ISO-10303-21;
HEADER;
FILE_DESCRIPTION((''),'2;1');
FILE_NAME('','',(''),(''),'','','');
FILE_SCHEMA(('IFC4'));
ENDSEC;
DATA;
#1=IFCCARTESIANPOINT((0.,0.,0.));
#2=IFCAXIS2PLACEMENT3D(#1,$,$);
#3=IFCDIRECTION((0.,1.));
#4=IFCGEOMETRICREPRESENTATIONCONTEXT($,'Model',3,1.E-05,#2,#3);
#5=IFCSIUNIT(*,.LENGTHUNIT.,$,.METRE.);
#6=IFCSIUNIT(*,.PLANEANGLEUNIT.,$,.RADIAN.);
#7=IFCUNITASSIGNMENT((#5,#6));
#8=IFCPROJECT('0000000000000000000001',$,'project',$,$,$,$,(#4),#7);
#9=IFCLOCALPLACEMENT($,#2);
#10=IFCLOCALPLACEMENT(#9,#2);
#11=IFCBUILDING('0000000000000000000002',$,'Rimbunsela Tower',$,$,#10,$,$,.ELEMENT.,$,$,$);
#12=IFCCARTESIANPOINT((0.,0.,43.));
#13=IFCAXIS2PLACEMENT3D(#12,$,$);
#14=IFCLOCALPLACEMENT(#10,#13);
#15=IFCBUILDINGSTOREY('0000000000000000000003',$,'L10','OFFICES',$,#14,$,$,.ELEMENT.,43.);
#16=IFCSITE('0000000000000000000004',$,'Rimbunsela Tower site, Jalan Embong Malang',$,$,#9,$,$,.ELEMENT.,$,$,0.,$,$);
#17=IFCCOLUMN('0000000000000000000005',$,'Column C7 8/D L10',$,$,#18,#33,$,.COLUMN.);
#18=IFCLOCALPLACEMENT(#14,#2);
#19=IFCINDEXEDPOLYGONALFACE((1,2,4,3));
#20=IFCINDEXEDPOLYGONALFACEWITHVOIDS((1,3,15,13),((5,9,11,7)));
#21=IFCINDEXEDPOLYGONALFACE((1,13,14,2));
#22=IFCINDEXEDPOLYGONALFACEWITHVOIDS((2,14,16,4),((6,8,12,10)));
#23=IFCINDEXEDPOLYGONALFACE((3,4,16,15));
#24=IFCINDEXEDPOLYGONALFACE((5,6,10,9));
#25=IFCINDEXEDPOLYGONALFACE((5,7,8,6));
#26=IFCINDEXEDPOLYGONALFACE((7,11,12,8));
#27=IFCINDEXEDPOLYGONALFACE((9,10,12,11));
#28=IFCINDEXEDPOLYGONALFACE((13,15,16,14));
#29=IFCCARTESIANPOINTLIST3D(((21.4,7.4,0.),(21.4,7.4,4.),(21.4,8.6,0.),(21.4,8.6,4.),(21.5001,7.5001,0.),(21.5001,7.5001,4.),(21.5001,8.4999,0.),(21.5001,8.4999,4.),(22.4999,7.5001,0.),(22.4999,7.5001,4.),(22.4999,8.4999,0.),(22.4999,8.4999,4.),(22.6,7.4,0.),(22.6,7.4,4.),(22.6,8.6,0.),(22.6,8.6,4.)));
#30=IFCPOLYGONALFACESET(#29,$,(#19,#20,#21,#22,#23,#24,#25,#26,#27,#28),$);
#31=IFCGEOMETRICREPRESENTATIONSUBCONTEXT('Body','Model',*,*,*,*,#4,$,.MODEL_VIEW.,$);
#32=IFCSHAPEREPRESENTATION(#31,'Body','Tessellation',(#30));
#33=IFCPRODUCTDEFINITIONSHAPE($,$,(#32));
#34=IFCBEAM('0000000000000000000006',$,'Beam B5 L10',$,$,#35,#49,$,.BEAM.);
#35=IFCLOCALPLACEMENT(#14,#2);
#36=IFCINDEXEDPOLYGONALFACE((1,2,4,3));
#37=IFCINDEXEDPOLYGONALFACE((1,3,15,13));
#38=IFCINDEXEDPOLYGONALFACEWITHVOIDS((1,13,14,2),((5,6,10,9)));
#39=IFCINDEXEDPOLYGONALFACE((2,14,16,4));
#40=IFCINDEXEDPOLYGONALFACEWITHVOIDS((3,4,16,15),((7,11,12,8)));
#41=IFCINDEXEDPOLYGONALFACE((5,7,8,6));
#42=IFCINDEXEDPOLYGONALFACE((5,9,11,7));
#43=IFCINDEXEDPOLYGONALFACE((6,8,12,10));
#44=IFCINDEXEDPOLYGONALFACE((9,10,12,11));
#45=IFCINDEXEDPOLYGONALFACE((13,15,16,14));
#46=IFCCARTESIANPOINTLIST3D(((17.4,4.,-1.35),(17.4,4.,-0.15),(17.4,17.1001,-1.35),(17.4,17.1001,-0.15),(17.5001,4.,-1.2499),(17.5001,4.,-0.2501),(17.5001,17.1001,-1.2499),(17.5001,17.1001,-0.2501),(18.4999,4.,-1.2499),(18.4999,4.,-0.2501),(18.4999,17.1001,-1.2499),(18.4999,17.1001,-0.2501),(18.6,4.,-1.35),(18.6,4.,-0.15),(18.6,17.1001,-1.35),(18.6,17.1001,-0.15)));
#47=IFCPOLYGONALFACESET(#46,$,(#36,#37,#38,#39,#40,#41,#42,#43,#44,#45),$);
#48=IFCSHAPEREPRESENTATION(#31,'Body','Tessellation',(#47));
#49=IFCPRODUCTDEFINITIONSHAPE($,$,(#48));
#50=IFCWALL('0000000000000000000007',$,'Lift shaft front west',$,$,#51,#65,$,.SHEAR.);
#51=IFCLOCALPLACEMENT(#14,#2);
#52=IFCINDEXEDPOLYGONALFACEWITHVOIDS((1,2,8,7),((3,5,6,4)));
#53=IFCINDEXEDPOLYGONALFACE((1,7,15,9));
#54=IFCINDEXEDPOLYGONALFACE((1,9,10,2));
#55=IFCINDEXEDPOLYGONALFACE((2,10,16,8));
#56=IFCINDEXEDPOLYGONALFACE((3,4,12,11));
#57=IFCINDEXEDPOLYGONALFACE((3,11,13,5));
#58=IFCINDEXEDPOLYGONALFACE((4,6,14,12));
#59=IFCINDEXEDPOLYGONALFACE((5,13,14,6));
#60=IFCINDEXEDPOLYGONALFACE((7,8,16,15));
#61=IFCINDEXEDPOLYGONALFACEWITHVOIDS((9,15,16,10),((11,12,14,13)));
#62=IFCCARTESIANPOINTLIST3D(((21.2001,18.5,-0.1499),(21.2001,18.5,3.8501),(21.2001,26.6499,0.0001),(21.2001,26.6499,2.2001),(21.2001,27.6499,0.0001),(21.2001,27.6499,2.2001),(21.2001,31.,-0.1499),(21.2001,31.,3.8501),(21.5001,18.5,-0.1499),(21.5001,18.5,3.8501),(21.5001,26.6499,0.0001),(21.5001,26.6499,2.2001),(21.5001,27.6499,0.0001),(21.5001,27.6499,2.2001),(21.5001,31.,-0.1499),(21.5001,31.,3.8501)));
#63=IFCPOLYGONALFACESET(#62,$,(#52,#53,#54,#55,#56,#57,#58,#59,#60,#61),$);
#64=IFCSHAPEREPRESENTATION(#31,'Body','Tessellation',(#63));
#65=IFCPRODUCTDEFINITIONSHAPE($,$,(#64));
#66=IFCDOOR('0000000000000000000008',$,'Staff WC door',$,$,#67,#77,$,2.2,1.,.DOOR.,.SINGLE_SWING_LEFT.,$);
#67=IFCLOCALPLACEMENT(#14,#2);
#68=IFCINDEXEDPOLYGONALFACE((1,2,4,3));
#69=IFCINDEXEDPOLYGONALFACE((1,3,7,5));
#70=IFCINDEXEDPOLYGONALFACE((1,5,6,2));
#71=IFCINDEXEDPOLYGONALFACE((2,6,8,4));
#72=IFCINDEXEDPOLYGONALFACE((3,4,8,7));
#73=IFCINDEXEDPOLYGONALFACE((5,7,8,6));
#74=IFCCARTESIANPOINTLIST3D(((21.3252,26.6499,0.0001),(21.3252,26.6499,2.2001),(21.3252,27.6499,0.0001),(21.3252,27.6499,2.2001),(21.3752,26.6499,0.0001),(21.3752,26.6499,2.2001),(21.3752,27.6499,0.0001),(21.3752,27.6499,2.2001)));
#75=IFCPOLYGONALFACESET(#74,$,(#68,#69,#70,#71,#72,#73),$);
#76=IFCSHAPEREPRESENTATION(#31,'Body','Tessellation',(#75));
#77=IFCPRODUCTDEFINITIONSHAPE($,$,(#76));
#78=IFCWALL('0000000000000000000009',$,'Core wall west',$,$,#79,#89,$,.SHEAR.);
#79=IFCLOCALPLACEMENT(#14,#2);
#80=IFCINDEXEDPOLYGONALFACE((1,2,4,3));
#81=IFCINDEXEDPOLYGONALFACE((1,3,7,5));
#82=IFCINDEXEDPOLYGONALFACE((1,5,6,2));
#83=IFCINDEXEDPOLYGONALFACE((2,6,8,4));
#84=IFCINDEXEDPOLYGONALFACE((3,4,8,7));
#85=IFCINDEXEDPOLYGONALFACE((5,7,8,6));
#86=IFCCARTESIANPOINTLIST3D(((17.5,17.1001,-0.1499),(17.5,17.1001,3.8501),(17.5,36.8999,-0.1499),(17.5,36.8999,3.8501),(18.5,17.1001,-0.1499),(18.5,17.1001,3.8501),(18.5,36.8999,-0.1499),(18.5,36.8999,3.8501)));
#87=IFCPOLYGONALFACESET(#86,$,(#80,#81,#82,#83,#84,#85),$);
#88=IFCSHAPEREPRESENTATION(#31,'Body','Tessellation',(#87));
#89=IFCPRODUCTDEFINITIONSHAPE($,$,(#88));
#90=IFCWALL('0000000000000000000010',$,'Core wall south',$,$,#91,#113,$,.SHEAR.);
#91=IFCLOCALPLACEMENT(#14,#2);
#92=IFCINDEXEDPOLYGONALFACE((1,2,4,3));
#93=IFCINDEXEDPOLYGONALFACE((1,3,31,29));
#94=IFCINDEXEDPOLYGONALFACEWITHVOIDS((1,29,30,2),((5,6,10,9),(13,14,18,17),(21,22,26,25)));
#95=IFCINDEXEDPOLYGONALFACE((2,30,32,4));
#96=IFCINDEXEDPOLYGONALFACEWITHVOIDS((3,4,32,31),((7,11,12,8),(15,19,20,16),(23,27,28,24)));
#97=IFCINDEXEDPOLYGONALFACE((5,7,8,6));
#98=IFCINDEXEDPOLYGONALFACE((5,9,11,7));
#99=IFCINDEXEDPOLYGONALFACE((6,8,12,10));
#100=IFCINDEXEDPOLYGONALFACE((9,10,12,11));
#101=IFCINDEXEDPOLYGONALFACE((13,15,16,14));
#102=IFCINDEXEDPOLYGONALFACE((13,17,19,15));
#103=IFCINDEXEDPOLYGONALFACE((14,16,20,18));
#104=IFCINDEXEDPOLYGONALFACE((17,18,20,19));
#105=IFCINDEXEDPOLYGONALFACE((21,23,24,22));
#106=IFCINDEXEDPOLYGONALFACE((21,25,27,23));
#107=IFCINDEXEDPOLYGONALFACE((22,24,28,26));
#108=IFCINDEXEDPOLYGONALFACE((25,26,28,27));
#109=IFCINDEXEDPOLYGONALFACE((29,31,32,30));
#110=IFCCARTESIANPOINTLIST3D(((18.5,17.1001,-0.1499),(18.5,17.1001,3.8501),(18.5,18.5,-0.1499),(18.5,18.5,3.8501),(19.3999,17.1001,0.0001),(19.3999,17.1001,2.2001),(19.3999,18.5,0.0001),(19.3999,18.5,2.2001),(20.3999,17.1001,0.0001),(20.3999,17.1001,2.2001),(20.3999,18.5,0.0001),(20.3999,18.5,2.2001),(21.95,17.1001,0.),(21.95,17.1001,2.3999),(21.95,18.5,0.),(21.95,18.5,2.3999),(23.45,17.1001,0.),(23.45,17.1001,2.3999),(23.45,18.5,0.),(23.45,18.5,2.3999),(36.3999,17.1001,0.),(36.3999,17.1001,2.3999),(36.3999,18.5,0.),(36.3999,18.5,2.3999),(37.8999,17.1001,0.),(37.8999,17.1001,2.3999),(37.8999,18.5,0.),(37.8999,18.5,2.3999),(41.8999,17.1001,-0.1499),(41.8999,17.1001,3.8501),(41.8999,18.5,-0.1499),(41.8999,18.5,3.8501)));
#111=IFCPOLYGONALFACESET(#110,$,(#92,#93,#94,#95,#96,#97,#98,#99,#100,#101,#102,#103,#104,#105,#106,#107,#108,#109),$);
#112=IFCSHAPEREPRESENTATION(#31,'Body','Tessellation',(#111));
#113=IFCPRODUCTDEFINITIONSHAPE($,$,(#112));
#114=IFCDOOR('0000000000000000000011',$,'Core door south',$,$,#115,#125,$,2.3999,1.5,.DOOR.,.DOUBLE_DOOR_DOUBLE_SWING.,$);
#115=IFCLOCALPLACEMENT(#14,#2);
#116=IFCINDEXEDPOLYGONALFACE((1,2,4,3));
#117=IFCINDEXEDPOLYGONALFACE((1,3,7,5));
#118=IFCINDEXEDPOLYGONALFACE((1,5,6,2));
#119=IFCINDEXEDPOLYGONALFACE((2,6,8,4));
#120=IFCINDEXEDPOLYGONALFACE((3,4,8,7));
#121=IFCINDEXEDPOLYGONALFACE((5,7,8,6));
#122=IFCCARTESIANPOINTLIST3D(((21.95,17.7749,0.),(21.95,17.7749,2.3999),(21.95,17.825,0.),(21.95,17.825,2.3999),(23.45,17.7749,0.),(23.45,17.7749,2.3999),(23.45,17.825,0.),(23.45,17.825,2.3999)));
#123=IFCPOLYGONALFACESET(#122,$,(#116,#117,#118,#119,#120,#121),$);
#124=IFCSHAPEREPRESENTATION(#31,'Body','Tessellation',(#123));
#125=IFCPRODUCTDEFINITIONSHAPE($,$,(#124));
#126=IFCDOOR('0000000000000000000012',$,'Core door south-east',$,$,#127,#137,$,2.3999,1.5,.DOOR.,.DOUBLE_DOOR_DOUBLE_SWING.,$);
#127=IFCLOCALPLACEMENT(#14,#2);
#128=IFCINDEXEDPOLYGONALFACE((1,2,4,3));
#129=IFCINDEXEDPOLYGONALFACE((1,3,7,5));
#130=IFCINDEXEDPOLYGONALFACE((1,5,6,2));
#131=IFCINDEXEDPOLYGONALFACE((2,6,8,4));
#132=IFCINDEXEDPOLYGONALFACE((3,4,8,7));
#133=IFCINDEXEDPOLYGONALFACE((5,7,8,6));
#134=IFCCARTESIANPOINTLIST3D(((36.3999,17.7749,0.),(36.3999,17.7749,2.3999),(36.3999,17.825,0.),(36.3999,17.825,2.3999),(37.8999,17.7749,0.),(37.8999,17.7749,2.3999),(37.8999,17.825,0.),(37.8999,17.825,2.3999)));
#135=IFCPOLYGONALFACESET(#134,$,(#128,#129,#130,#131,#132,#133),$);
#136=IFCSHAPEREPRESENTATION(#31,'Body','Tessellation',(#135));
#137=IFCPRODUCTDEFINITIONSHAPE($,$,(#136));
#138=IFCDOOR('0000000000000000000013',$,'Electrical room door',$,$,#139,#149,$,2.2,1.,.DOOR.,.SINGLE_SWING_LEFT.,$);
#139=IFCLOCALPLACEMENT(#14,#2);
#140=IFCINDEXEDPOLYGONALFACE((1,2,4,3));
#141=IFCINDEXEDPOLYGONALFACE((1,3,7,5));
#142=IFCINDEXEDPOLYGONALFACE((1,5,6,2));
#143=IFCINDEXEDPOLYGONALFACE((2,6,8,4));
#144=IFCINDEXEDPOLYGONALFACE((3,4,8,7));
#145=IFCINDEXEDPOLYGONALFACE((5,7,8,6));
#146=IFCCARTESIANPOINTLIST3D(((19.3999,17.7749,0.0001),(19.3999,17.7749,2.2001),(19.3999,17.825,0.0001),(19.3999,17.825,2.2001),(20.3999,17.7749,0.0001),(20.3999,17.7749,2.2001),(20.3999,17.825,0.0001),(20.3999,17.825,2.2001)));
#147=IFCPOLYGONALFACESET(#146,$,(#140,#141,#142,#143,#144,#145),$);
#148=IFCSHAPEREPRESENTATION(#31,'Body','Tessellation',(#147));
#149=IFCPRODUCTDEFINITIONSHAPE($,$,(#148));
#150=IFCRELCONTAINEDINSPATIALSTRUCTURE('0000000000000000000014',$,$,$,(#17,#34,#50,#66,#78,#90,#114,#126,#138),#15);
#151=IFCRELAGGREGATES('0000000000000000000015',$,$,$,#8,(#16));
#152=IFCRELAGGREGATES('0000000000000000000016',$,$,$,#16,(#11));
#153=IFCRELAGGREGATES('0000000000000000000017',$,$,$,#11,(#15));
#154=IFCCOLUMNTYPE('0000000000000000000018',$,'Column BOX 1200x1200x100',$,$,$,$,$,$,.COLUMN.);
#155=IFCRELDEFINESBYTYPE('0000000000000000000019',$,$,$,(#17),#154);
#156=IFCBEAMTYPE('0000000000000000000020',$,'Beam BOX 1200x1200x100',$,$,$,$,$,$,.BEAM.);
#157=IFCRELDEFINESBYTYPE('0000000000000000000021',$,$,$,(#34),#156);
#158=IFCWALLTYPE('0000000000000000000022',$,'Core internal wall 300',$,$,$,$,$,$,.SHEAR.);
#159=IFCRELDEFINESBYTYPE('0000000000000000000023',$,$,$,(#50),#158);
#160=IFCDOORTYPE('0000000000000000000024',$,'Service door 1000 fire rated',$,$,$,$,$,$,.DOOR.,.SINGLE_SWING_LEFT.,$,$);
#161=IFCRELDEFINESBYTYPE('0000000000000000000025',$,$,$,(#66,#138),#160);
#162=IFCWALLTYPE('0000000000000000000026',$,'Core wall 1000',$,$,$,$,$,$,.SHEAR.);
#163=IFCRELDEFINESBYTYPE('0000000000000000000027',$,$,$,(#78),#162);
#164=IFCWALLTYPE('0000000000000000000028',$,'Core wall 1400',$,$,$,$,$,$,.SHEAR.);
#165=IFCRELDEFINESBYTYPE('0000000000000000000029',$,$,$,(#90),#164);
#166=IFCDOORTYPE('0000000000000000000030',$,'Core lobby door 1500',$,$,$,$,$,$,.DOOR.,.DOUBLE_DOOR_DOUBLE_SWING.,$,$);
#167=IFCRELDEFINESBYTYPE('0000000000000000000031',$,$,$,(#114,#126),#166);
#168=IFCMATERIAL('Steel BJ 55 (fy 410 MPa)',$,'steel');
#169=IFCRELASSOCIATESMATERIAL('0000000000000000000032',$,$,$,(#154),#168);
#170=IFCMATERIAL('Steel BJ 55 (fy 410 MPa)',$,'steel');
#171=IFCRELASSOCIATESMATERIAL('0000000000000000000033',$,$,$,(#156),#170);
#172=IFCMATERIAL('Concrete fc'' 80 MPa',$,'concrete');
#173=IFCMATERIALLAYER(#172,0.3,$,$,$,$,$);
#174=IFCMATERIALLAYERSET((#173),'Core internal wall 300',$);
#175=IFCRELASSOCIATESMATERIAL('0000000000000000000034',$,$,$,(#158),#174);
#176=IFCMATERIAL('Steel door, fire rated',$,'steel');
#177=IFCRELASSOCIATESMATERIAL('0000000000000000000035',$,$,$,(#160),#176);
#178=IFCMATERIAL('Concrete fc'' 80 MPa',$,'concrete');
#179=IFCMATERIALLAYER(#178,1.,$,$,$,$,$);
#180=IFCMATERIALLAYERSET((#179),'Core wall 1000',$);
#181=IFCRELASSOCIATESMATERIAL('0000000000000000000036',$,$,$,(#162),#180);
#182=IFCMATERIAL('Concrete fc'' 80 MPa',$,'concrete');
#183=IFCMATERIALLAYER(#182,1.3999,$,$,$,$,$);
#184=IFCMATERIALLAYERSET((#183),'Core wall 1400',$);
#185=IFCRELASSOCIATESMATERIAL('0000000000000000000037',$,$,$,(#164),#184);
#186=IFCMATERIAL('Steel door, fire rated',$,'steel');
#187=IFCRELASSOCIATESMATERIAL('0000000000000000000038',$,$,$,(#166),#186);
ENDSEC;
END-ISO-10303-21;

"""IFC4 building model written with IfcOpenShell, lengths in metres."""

from ifc_helpers import new_model, si_unit, direction, frame, frame_2d, origin, origin_2d, place, context, subcontext, project, spatial, rectangle, hollow_rectangle, extrude, material, layer, layer_set, material_profile, profile_set, type_object, element, fill, save


model = new_model("IFC4")

# Units and contexts
model_context = context("Model", 3, precision=1e-05, world=origin(), true_north=direction((0.0, 1.0)))
body_context = subcontext(model_context, "Body", "Model", "MODEL_VIEW")
ifc_project = project(units=[si_unit("LENGTHUNIT", "METRE"), si_unit("PLANEANGLEUNIT", "RADIAN")], contexts=[model_context])

# Site, building, storey
site_placement = place(None, origin())
site = spatial("IfcSite", under=ifc_project, at=site_placement, Name="Rimbunsela Tower site, Jalan Embong Malang", CompositionType="ELEMENT", RefElevation=0.0)
building_placement = place(site_placement, origin())
building = spatial("IfcBuilding", under=site, at=building_placement, Name="Rimbunsela Tower", CompositionType="ELEMENT")
storey_placement = place(building_placement, frame((0.0, 0.0, 43.0)))
storey = spatial("IfcBuildingStorey", under=building, at=storey_placement, Name="L10", Description="OFFICES", CompositionType="ELEMENT", Elevation=43.0)

# Column
ifc_material_1 = material(Name="Steel BJ 55 (fy 410 MPa)", Category="steel")
ifc_material_profile_1 = material_profile(ifc_material_1, hollow_rectangle(XDim=1.2, YDim=1.2, WallThickness=0.1001, at=origin_2d()), Name="BOX 1200x1200x100")
ifc_profile_set_1 = profile_set([ifc_material_profile_1], Name="Steel BJ 55 (fy 410 MPa)")
column_type = type_object("IfcColumnType", Name="Column BOX 1200x1200x100", PredefinedType="COLUMN", material=ifc_profile_set_1)
column_placement = place(storey_placement, frame((22.0, 8.0, 0.0), z_axis=(0.0, 0.0, 1.0), x_axis=(1.0, 0.0, 0.0)))
element("IfcColumn", 1, at=column_placement, inside=storey, type_object=column_type, Name="Column C7 8/D L10", PredefinedType="COLUMN", context=body_context, shape_type="SweptSolid", body=[
    extrude(hollow_rectangle(XDim=1.2, YDim=1.2, WallThickness=0.1001, at=origin_2d()), origin(), (0.0, 0.0, 1.0), 4.0),
])

# Beam
ifc_material_2 = material(Name="Steel BJ 55 (fy 410 MPa)", Category="steel")
ifc_material_profile_2 = material_profile(ifc_material_2, hollow_rectangle(XDim=1.2, YDim=1.2, WallThickness=0.1001, at=origin_2d()), Name="BOX 1200x1200x100")
ifc_profile_set_2 = profile_set([ifc_material_profile_2], Name="Steel BJ 55 (fy 410 MPa)")
beam_type = type_object("IfcBeamType", Name="Beam BOX 1200x1200x100", PredefinedType="BEAM", material=ifc_profile_set_2)
beam_placement = place(storey_placement, frame((18.0, 4.0, -0.75), z_axis=(0.0, 1.0, 0.0), x_axis=(-1.0, 0.0, 0.0)))
element("IfcBeam", 2, at=beam_placement, inside=storey, type_object=beam_type, Name="Beam B5 L10", PredefinedType="BEAM", context=body_context, shape_type="SweptSolid", body=[
    extrude(hollow_rectangle(XDim=1.2, YDim=1.2, WallThickness=0.1001, at=origin_2d()), origin(), (0.0, 0.0, 1.0), 13.1001),
])

# Wall, opening, door
ifc_material_3 = material(Name="Concrete fc' 80 MPa", Category="concrete")
ifc_layer_1 = layer(ifc_material_3, 0.3)
ifc_layer_set_1 = layer_set([ifc_layer_1], Name="Core internal wall 300")
wall_type_1 = type_object("IfcWallType", Name="Core internal wall 300", PredefinedType="SHEAR", material=ifc_layer_set_1)
wall_1_placement = place(storey_placement, frame((21.3501, 18.5, -0.1499), z_axis=(0.0, 0.0, 1.0), x_axis=(0.0, 1.0, 0.0)))
wall_1 = element("IfcWall", 3, at=wall_1_placement, inside=storey, type_object=wall_type_1, Name="Lift shaft front west", PredefinedType="SHEAR", context=body_context, shape_type="SweptSolid", body=[
    extrude(rectangle(XDim=12.5, YDim=0.3, at=frame_2d((6.25, 0.0))), origin(), (0.0, 0.0, 1.0), 4.0),
])
opening_1_placement = place(wall_1_placement, frame((8.1499, 0.0, 0.1499)))
opening_1 = element("IfcOpeningElement", 4, at=opening_1_placement, cuts=wall_1, PredefinedType="OPENING", context=body_context, shape_type="SweptSolid", body=[
    extrude(rectangle(XDim=1.0, YDim=2.2, at=frame_2d((0.5, 1.1001))), frame((0.0, 0.1599, 0.0), z_axis=(0.0, -1.0, 0.0), x_axis=(1.0, 0.0, 0.0)), (0.0, 0.0, 1.0), 0.3201),
])
ifc_material_4 = material(Name="Steel door, fire rated", Category="steel")
door_type_1 = type_object("IfcDoorType", Name="Service door 1000 fire rated", OperationType="SINGLE_SWING_LEFT", PredefinedType="DOOR", material=ifc_material_4)
door_1_placement = place(opening_1_placement, origin())
door_1 = element("IfcDoor", 5, at=door_1_placement, inside=storey, type_object=door_type_1, Name="Staff WC door", OperationType="SINGLE_SWING_LEFT", OverallHeight=2.2, OverallWidth=1.0, PredefinedType="DOOR", context=body_context, shape_type="SweptSolid", body=[
    extrude(rectangle(XDim=1.0, YDim=2.2, at=frame_2d((0.5, 1.1001))), frame((0.0, 0.0249, 0.0), z_axis=(0.0, -1.0, 0.0), x_axis=(1.0, 0.0, 0.0)), (0.0, 0.0, 1.0), 0.05),
])
fill(opening_1, door_1)

# Wall
ifc_material_5 = material(Name="Concrete fc' 80 MPa", Category="concrete")
ifc_layer_2 = layer(ifc_material_5, 1.0)
ifc_layer_set_2 = layer_set([ifc_layer_2], Name="Core wall 1000")
wall_type_2 = type_object("IfcWallType", Name="Core wall 1000", PredefinedType="SHEAR", material=ifc_layer_set_2)
wall_2_placement = place(storey_placement, frame((18.0, 17.1001, -0.1499), z_axis=(0.0, 0.0, 1.0), x_axis=(0.0, 1.0, 0.0)))
element("IfcWall", 6, at=wall_2_placement, inside=storey, type_object=wall_type_2, Name="Core wall west", PredefinedType="SHEAR", context=body_context, shape_type="SweptSolid", body=[
    extrude(rectangle(XDim=19.7998, YDim=1.0, at=frame_2d((9.8999, 0.0))), origin(), (0.0, 0.0, 1.0), 4.0),
])

# Wall, openings, doors
ifc_material_6 = material(Name="Concrete fc' 80 MPa", Category="concrete")
ifc_layer_3 = layer(ifc_material_6, 1.3999)
ifc_layer_set_3 = layer_set([ifc_layer_3], Name="Core wall 1400")
wall_type_3 = type_object("IfcWallType", Name="Core wall 1400", PredefinedType="SHEAR", material=ifc_layer_set_3)
wall_3_placement = place(storey_placement, frame((18.5, 17.8, -0.1499), z_axis=(0.0, 0.0, 1.0), x_axis=(1.0, 0.0, 0.0)))
wall_3 = element("IfcWall", 7, at=wall_3_placement, inside=storey, type_object=wall_type_3, Name="Core wall south", PredefinedType="SHEAR", context=body_context, shape_type="SweptSolid", body=[
    extrude(rectangle(XDim=23.3999, YDim=1.3999, at=frame_2d((11.7, 0.0))), origin(), (0.0, 0.0, 1.0), 4.0),
])
opening_2_placement = place(wall_3_placement, frame((3.45, 0.0, 0.1499)))
opening_2 = element("IfcOpeningElement", 8, at=opening_2_placement, cuts=wall_3, PredefinedType="OPENING", context=body_context, shape_type="SweptSolid", body=[
    extrude(rectangle(XDim=1.5, YDim=2.3999, at=frame_2d((0.75, 1.2))), frame((0.0, 0.71, 0.0), z_axis=(0.0, -1.0, 0.0), x_axis=(1.0, 0.0, 0.0)), (0.0, 0.0, 1.0), 1.4199),
])
opening_3_placement = place(wall_3_placement, frame((17.8999, 0.0, 0.1499)))
opening_3 = element("IfcOpeningElement", 9, at=opening_3_placement, cuts=wall_3, PredefinedType="OPENING", context=body_context, shape_type="SweptSolid", body=[
    extrude(rectangle(XDim=1.5, YDim=2.3999, at=frame_2d((0.75, 1.2))), frame((0.0, 0.71, 0.0), z_axis=(0.0, -1.0, 0.0), x_axis=(1.0, 0.0, 0.0)), (0.0, 0.0, 1.0), 1.4199),
])
opening_4_placement = place(wall_3_placement, frame((0.8999, 0.0, 0.1499)))
opening_4 = element("IfcOpeningElement", 10, at=opening_4_placement, cuts=wall_3, PredefinedType="OPENING", context=body_context, shape_type="SweptSolid", body=[
    extrude(rectangle(XDim=1.0, YDim=2.2, at=frame_2d((0.5, 1.1001))), frame((0.0, 0.71, 0.0), z_axis=(0.0, -1.0, 0.0), x_axis=(1.0, 0.0, 0.0)), (0.0, 0.0, 1.0), 1.4199),
])
ifc_material_7 = material(Name="Steel door, fire rated", Category="steel")
door_type_2 = type_object("IfcDoorType", Name="Core lobby door 1500", OperationType="DOUBLE_DOOR_DOUBLE_SWING", PredefinedType="DOOR", material=ifc_material_7)
door_2_placement = place(opening_2_placement, origin())
door_2 = element("IfcDoor", 11, at=door_2_placement, inside=storey, type_object=door_type_2, Name="Core door south", OperationType="DOUBLE_DOOR_DOUBLE_SWING", OverallHeight=2.3999, OverallWidth=1.5, PredefinedType="DOOR", context=body_context, shape_type="SweptSolid", body=[
    extrude(rectangle(XDim=1.5, YDim=2.3999, at=frame_2d((0.75, 1.2))), frame((0.0, 0.0249, 0.0), z_axis=(0.0, -1.0, 0.0), x_axis=(1.0, 0.0, 0.0)), (0.0, 0.0, 1.0), 0.05),
])
fill(opening_2, door_2)
door_3_placement = place(opening_3_placement, origin())
door_3 = element("IfcDoor", 12, at=door_3_placement, inside=storey, type_object=door_type_2, Name="Core door south-east", OperationType="DOUBLE_DOOR_DOUBLE_SWING", OverallHeight=2.3999, OverallWidth=1.5, PredefinedType="DOOR", context=body_context, shape_type="SweptSolid", body=[
    extrude(rectangle(XDim=1.5, YDim=2.3999, at=frame_2d((0.75, 1.2))), frame((0.0, 0.0249, 0.0), z_axis=(0.0, -1.0, 0.0), x_axis=(1.0, 0.0, 0.0)), (0.0, 0.0, 1.0), 0.05),
])
fill(opening_3, door_3)
door_4_placement = place(opening_4_placement, origin())
door_4 = element("IfcDoor", 13, at=door_4_placement, inside=storey, type_object=door_type_1, Name="Electrical room door", OperationType="SINGLE_SWING_LEFT", OverallHeight=2.2, OverallWidth=1.0, PredefinedType="DOOR", context=body_context, shape_type="SweptSolid", body=[
    extrude(rectangle(XDim=1.0, YDim=2.2, at=frame_2d((0.5, 1.1001))), frame((0.0, 0.0249, 0.0), z_axis=(0.0, -1.0, 0.0), x_axis=(1.0, 0.0, 0.0)), (0.0, 0.0, 1.0), 0.05),
])
fill(opening_4, door_4)

save(model, "model.ifc")
